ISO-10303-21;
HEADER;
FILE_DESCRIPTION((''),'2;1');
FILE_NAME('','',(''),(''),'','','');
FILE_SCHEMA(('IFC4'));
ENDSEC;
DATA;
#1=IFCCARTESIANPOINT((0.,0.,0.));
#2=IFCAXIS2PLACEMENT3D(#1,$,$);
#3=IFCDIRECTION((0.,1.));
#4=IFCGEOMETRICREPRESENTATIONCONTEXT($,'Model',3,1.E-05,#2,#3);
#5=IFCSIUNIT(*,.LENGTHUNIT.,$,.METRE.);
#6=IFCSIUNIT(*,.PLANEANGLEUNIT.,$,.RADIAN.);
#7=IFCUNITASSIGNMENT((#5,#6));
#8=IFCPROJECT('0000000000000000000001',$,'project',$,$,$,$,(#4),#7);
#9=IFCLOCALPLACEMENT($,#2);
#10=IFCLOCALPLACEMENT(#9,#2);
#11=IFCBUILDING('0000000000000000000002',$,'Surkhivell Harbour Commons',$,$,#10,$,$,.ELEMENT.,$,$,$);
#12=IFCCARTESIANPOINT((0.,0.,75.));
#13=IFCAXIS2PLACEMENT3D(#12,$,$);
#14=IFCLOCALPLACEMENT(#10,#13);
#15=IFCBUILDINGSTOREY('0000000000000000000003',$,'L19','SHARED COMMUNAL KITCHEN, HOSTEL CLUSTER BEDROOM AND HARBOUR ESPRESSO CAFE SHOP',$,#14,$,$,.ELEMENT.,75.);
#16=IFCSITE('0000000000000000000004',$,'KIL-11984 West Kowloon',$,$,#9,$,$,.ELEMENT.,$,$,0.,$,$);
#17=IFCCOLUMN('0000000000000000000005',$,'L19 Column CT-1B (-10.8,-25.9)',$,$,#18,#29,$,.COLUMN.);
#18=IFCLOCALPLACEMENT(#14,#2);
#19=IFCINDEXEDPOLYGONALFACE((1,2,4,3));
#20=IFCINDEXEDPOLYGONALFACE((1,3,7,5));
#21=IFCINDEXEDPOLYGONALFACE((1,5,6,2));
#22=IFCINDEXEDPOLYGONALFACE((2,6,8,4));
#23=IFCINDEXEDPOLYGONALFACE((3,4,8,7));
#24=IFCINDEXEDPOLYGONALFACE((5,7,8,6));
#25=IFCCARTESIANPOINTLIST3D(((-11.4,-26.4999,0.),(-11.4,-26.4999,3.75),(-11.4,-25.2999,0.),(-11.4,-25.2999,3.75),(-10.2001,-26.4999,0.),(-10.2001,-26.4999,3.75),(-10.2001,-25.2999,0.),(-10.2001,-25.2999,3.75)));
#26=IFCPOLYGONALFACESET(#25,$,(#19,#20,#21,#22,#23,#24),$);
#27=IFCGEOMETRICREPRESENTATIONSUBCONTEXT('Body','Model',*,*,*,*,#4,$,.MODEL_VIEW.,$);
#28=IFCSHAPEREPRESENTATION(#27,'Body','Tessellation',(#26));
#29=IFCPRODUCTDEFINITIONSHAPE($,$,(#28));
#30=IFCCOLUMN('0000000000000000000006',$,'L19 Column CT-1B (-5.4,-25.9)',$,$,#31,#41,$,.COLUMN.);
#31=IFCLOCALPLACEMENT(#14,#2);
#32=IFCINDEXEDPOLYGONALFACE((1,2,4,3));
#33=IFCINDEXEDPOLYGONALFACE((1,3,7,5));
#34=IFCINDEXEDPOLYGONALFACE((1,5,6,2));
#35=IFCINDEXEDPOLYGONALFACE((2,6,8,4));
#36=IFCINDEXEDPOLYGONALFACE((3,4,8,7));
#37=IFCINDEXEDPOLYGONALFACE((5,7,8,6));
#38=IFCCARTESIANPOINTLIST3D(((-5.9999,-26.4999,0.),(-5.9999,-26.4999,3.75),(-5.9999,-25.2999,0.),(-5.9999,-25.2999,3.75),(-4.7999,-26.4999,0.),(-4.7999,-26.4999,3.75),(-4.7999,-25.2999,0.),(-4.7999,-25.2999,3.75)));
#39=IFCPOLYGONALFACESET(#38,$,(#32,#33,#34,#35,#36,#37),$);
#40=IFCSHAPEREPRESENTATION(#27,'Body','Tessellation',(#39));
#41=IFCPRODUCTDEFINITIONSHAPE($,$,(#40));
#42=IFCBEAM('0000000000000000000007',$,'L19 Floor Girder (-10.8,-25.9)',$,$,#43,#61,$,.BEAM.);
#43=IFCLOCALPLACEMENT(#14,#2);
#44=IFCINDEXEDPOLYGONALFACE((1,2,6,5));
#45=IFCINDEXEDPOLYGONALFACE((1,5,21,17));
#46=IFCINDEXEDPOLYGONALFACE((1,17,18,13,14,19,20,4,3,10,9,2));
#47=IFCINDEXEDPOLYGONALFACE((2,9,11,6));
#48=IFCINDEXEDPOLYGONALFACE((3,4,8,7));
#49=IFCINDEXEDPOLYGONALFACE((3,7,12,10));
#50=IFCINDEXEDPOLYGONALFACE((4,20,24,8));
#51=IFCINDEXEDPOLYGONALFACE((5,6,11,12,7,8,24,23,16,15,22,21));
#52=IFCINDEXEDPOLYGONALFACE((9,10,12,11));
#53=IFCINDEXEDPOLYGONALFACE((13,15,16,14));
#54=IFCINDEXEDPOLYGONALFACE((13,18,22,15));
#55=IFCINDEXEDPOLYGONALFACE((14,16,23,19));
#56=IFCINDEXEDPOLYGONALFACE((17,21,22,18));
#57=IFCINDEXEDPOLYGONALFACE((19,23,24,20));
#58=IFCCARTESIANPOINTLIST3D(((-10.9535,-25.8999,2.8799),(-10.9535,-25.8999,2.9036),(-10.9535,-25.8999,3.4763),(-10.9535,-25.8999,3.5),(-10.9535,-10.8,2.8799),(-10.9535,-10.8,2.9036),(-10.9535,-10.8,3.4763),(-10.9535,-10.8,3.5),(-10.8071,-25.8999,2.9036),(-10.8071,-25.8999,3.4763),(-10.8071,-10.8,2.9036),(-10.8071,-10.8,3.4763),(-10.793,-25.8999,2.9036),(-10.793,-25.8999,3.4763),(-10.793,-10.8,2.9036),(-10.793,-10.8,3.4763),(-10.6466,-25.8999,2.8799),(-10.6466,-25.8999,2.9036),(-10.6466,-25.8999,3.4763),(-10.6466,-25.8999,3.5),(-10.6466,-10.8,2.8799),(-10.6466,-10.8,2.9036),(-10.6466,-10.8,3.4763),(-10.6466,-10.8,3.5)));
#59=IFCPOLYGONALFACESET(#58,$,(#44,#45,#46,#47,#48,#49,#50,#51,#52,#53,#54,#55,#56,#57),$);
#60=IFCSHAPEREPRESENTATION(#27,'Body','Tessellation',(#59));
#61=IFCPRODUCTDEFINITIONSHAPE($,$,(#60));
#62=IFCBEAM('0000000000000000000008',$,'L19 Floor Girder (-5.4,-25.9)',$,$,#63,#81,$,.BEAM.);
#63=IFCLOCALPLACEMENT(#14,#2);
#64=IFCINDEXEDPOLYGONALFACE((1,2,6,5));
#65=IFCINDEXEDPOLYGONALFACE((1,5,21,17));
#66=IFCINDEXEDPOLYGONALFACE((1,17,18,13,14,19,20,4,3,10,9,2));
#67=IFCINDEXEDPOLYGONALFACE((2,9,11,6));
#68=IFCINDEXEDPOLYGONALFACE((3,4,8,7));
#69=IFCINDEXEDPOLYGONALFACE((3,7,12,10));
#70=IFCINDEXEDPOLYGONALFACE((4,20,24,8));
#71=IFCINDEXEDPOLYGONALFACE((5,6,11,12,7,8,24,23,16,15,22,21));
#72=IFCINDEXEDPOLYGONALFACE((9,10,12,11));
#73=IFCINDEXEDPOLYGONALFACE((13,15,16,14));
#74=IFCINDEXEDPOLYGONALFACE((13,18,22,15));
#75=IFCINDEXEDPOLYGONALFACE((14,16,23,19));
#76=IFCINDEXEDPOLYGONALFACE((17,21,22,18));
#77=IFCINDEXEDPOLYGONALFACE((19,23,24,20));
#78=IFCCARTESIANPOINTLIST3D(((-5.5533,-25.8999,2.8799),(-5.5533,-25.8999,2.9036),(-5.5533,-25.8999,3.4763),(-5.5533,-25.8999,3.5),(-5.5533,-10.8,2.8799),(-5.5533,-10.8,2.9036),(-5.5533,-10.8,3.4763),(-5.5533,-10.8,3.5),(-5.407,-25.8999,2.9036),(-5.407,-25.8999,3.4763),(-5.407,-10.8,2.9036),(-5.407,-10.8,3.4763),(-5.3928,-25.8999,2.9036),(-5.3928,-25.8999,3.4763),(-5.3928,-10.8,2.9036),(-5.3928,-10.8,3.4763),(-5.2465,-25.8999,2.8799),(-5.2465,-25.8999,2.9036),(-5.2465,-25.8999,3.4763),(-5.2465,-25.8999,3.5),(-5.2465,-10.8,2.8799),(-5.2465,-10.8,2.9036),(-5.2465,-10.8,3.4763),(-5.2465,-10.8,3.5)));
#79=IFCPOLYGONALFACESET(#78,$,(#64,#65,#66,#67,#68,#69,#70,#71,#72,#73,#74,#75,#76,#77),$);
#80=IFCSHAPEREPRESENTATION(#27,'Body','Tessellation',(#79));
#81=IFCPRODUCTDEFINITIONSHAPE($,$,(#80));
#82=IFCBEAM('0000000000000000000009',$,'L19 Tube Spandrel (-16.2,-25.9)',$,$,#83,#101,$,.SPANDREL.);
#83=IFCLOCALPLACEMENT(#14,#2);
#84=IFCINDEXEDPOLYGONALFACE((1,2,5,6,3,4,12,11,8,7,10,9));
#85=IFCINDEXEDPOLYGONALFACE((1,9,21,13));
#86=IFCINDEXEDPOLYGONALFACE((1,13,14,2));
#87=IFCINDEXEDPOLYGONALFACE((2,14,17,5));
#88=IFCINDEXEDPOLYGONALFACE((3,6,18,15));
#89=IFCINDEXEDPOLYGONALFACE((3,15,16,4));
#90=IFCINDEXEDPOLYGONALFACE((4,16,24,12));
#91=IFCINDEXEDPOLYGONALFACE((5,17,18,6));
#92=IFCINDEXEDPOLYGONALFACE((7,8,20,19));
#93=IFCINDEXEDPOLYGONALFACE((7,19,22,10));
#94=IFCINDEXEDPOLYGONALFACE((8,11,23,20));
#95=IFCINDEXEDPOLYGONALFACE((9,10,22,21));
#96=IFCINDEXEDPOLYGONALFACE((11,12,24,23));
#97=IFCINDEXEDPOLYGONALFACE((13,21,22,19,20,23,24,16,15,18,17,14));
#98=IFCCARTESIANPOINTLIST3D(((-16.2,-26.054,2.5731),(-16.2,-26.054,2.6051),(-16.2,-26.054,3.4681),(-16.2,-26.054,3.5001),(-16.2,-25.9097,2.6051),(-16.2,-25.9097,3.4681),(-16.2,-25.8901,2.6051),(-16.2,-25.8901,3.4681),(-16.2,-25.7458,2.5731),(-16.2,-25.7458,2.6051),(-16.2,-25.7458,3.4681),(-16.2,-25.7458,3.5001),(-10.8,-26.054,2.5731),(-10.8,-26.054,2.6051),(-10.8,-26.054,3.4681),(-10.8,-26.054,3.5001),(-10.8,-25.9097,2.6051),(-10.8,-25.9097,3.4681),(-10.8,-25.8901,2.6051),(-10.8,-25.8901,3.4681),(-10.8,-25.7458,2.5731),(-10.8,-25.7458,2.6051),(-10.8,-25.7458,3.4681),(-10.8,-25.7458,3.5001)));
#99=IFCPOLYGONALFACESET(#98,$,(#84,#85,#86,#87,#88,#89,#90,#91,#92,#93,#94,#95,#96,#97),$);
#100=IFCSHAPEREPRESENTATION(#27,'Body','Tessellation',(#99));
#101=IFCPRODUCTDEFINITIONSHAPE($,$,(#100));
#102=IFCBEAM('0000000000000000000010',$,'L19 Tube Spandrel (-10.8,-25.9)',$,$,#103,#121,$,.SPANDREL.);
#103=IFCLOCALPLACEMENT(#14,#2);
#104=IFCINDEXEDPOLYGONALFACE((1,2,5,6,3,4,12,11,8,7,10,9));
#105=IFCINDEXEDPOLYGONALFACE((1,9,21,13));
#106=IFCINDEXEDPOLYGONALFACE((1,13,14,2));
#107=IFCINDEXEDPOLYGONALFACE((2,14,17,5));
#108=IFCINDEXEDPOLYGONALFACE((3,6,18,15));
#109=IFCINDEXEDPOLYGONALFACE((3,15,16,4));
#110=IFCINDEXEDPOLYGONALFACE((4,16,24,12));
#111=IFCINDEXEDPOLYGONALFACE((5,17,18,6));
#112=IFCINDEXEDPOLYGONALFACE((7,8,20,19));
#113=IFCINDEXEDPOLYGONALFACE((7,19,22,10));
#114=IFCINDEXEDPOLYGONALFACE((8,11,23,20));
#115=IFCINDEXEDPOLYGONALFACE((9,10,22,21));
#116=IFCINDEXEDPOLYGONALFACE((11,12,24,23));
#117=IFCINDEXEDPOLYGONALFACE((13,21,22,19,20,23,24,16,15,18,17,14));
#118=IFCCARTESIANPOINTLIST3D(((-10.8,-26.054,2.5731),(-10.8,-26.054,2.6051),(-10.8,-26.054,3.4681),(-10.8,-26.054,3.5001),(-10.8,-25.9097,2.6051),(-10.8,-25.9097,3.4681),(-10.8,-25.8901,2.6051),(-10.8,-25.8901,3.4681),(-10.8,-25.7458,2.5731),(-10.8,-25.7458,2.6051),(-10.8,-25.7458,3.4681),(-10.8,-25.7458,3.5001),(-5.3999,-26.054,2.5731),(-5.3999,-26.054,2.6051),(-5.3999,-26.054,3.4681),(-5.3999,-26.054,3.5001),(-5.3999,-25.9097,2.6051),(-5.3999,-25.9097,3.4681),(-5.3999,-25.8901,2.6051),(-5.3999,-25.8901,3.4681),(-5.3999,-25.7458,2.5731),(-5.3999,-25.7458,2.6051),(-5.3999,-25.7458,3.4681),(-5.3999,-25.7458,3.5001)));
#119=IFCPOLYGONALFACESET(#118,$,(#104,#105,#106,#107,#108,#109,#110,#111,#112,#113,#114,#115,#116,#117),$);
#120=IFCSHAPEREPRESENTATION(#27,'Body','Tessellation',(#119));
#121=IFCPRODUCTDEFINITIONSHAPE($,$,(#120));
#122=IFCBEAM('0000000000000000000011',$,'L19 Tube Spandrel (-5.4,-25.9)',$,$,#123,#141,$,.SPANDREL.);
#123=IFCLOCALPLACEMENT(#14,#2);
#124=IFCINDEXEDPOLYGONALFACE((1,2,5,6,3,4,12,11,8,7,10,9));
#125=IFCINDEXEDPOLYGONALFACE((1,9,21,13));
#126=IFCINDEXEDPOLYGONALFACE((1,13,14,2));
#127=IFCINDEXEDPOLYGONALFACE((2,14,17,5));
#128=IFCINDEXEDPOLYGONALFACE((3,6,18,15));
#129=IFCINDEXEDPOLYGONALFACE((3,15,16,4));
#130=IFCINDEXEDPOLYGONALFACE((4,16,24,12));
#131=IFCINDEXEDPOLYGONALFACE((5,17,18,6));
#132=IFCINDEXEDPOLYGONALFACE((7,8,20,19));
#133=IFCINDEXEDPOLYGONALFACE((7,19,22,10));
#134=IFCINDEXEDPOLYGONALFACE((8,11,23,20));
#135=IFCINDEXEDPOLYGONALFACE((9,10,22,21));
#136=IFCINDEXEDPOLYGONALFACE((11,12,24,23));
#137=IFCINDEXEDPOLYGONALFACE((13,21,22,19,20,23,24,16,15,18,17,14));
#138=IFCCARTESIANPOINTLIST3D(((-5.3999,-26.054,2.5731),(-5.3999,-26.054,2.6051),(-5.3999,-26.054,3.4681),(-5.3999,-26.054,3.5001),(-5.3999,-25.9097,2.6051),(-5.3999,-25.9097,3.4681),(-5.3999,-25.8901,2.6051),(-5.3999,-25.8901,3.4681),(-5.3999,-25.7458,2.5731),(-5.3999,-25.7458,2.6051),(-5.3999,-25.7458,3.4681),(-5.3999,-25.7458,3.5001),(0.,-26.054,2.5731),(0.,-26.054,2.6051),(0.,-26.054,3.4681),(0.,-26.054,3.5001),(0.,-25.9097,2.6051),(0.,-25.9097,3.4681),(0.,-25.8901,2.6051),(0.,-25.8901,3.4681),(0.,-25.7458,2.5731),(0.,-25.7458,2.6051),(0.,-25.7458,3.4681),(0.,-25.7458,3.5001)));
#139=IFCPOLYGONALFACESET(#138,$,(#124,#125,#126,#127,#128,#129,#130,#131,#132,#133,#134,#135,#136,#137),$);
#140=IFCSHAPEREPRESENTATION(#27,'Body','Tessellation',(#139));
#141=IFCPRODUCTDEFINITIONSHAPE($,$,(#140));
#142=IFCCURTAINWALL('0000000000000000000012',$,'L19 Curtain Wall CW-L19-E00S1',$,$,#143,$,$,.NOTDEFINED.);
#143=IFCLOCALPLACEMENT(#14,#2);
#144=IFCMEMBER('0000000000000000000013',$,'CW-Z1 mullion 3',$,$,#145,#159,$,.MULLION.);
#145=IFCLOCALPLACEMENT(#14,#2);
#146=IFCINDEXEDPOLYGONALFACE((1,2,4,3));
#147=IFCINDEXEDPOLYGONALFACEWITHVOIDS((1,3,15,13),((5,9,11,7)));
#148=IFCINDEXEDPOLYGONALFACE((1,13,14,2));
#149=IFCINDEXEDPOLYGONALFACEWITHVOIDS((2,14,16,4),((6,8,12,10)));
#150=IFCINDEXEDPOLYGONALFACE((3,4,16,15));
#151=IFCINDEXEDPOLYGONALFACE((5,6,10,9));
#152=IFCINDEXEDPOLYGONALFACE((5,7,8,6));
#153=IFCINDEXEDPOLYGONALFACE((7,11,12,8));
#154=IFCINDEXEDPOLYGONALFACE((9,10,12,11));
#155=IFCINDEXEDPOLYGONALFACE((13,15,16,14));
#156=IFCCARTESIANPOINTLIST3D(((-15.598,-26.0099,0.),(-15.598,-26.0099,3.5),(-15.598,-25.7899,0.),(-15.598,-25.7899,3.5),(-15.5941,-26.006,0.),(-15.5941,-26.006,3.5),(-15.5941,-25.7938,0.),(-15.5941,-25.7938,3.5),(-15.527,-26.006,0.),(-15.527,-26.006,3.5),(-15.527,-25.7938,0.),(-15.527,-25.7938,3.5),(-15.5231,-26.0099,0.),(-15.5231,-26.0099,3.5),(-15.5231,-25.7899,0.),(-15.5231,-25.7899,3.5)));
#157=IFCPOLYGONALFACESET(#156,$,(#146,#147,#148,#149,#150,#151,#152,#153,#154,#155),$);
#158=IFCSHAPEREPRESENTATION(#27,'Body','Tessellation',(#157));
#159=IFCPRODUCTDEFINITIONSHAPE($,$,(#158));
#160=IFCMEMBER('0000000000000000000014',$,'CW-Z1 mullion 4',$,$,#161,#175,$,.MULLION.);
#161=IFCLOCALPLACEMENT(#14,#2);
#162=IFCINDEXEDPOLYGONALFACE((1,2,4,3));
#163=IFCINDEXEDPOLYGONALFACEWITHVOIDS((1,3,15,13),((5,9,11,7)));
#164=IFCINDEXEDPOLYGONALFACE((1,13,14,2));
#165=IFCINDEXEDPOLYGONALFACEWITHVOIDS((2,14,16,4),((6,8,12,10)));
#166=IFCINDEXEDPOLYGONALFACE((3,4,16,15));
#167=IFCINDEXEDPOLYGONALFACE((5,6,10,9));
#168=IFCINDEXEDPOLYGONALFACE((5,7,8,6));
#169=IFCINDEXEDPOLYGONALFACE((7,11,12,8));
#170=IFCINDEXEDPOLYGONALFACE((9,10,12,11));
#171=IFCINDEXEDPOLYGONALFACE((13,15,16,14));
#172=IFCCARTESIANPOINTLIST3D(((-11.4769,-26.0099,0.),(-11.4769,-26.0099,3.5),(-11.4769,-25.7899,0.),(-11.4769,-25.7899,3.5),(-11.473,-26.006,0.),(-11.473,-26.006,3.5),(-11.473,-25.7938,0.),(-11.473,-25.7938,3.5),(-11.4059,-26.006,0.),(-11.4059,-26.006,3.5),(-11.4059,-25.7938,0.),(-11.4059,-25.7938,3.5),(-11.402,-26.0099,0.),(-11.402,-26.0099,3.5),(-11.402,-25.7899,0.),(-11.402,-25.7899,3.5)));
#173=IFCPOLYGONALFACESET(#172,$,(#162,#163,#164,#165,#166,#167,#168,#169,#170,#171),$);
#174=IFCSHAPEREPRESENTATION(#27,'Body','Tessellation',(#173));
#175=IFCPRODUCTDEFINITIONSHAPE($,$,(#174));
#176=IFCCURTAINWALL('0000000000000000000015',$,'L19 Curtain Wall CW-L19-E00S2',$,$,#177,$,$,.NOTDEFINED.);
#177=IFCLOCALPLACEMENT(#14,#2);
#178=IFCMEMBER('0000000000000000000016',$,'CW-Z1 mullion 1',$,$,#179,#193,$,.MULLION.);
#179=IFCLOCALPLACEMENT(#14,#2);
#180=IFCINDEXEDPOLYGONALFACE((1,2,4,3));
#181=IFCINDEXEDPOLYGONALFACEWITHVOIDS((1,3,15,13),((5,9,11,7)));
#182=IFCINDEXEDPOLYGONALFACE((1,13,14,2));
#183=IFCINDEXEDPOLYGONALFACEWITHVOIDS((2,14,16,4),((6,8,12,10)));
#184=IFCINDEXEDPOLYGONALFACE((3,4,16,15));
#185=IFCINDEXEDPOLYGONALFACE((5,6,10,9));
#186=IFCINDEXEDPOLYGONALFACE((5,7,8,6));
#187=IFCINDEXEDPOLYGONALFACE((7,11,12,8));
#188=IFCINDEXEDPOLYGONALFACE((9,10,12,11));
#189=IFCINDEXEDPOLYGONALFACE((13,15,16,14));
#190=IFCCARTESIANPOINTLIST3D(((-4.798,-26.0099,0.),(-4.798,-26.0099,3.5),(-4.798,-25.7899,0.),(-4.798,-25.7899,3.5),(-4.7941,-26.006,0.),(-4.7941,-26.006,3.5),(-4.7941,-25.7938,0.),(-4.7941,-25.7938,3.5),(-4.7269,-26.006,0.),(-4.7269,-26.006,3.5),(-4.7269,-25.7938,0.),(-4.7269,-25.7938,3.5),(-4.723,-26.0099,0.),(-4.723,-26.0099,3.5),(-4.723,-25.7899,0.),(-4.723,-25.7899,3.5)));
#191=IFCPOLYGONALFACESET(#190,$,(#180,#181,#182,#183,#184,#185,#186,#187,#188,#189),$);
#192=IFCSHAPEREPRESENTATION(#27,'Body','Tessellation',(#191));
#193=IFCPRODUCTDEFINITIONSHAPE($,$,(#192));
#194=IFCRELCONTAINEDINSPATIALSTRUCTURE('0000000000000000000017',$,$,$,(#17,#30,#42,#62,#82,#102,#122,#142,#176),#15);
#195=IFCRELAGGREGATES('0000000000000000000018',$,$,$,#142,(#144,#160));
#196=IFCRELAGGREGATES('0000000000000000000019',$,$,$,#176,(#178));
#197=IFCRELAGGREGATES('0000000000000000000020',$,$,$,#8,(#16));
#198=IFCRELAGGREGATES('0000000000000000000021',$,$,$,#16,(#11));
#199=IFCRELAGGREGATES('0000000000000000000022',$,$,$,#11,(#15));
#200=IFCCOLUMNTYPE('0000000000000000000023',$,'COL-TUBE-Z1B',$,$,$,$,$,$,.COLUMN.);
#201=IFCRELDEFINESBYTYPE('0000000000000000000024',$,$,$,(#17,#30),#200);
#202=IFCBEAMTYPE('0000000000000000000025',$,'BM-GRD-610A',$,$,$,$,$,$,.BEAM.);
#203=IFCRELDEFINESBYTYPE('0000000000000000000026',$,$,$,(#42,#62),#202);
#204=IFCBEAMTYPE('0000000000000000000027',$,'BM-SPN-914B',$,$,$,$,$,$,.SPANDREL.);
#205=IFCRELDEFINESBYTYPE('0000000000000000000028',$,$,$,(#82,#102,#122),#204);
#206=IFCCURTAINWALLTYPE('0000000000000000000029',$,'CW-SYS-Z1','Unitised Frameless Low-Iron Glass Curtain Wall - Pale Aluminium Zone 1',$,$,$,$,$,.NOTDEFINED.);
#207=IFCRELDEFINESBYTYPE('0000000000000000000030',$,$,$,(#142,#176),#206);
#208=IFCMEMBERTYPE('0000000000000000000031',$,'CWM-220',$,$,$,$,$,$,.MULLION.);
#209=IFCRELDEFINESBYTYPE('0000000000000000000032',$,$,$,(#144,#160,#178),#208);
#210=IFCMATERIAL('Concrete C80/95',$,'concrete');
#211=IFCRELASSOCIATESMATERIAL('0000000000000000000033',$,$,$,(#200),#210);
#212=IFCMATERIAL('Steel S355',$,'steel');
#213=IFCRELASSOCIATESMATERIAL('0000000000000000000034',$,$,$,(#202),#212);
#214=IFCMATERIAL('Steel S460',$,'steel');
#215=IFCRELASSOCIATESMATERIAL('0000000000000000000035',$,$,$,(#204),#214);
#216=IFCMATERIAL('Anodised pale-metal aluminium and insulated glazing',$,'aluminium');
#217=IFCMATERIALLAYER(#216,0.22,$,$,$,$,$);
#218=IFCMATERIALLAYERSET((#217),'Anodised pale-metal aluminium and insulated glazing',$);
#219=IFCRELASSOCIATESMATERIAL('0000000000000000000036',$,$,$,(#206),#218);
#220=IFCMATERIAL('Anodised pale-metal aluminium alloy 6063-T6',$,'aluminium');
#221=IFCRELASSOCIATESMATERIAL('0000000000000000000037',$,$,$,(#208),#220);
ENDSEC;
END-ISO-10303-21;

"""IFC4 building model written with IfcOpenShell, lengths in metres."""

from ifc_helpers import new_model, si_unit, direction, frame, origin, origin_2d, place, context, subcontext, project, spatial, rectangle, hollow_rectangle, i_section, extrude, material, layer, layer_set, material_profile, profile_set, type_object, element, aggregate, save


model = new_model("IFC4")

# Units and contexts
model_context = context("Model", 3, precision=1e-05, world=origin(), true_north=direction((0.0, 1.0)))
body_context = subcontext(model_context, "Body", "Model", "MODEL_VIEW")
ifc_project = project(units=[si_unit("LENGTHUNIT", "METRE"), si_unit("PLANEANGLEUNIT", "RADIAN")], contexts=[model_context])

# Site, building, storey
site_placement = place(None, origin())
site = spatial("IfcSite", under=ifc_project, at=site_placement, Name="KIL-11984 West Kowloon", CompositionType="ELEMENT", RefElevation=0.0)
building_placement = place(site_placement, origin())
building = spatial("IfcBuilding", under=site, at=building_placement, Name="Surkhivell Harbour Commons", CompositionType="ELEMENT")
storey_placement = place(building_placement, frame((0.0, 0.0, 75.0)))
storey = spatial("IfcBuildingStorey", under=building, at=storey_placement, Name="L19", Description="SHARED COMMUNAL KITCHEN, HOSTEL CLUSTER BEDROOM AND HARBOUR ESPRESSO CAFE SHOP", CompositionType="ELEMENT", Elevation=75.0)

# Columns
ifc_material_1 = material(Name="Concrete C80/95", Category="concrete")
ifc_material_profile_1 = material_profile(ifc_material_1, rectangle(XDim=1.2, YDim=1.2, at=origin_2d()), Name="RC-COL-1200x1200")
ifc_profile_set_1 = profile_set([ifc_material_profile_1], Name="Concrete C80/95")
column_type = type_object("IfcColumnType", Name="COL-TUBE-Z1B", PredefinedType="COLUMN", material=ifc_profile_set_1)
for number, where, z_axis, x_axis, name in (
    (1, (-10.8, -25.8999, 0.0), (0.0, 0.0, 1.0), (1.0, 0.0, 0.0), "L19 Column CT-1B (-10.8,-25.9)"),
    (2, (-5.3999, -25.8999, 0.0), (0.0, 0.0, 1.0), (1.0, 0.0, 0.0), "L19 Column CT-1B (-5.4,-25.9)"),
):
    element("IfcColumn", number, at=place(storey_placement, frame(where, z_axis=z_axis, x_axis=x_axis)), inside=storey, type_object=column_type, Name=name, PredefinedType="COLUMN", context=body_context, shape_type="SweptSolid", body=[
        extrude(rectangle(XDim=1.2, YDim=1.2, at=origin_2d()), origin(), (0.0, 0.0, 1.0), 3.75),
    ])

# Beams
ifc_material_2 = material(Name="Steel S355", Category="steel")
ifc_material_profile_2 = material_profile(ifc_material_2, i_section(OverallWidth=0.3069, OverallDepth=0.6201, WebThickness=0.0142, FlangeThickness=0.0237, at=origin_2d()), Name="UB610x305x179")
ifc_profile_set_2 = profile_set([ifc_material_profile_2], Name="Steel S355")
beam_type_1 = type_object("IfcBeamType", Name="BM-GRD-610A", PredefinedType="BEAM", material=ifc_profile_set_2)
for number, where, z_axis, x_axis, name in (
    (3, (-10.8, -25.8999, 3.1899), (0.0, 1.0, 0.0), (-1.0, 0.0, 0.0), "L19 Floor Girder (-10.8,-25.9)"),
    (4, (-5.3999, -25.8999, 3.1899), (0.0, 1.0, 0.0), (-1.0, 0.0, 0.0), "L19 Floor Girder (-5.4,-25.9)"),
):
    element("IfcBeam", number, at=place(storey_placement, frame(where, z_axis=z_axis, x_axis=x_axis)), inside=storey, type_object=beam_type_1, Name=name, PredefinedType="BEAM", context=body_context, shape_type="SweptSolid", body=[
        extrude(i_section(OverallWidth=0.3069, OverallDepth=0.6201, WebThickness=0.0142, FlangeThickness=0.0237, at=origin_2d()), origin(), (0.0, 0.0, 1.0), 15.0999),
    ])
ifc_material_3 = material(Name="Steel S460", Category="steel")
ifc_material_profile_3 = material_profile(ifc_material_3, i_section(OverallWidth=0.3081, OverallDepth=0.927, WebThickness=0.0195, FlangeThickness=0.032, at=origin_2d()), Name="UB914x305x289")
ifc_profile_set_3 = profile_set([ifc_material_profile_3], Name="Steel S460")
beam_type_2 = type_object("IfcBeamType", Name="BM-SPN-914B", PredefinedType="SPANDREL", material=ifc_profile_set_3)
beam_1_placement = place(storey_placement, frame((-16.2, -25.8999, 3.0366), z_axis=(1.0, 0.0, 0.0), x_axis=(0.0, 1.0, 0.0)))
element("IfcBeam", 5, at=beam_1_placement, inside=storey, type_object=beam_type_2, Name="L19 Tube Spandrel (-16.2,-25.9)", PredefinedType="SPANDREL", context=body_context, shape_type="SweptSolid", body=[
    extrude(i_section(OverallWidth=0.3081, OverallDepth=0.927, WebThickness=0.0195, FlangeThickness=0.032, at=origin_2d()), origin(), (0.0, 0.0, 1.0), 5.3999),
])
beam_2_placement = place(storey_placement, frame((-10.8, -25.8999, 3.0366), z_axis=(1.0, 0.0, 0.0), x_axis=(0.0, 1.0, 0.0)))
element("IfcBeam", 6, at=beam_2_placement, inside=storey, type_object=beam_type_2, Name="L19 Tube Spandrel (-10.8,-25.9)", PredefinedType="SPANDREL", context=body_context, shape_type="SweptSolid", body=[
    extrude(i_section(OverallWidth=0.3081, OverallDepth=0.927, WebThickness=0.0195, FlangeThickness=0.032, at=origin_2d()), origin(), (0.0, 0.0, 1.0), 5.4001),
])
beam_3_placement = place(storey_placement, frame((-5.3999, -25.8999, 3.0366), z_axis=(1.0, 0.0, 0.0), x_axis=(0.0, 1.0, 0.0)))
element("IfcBeam", 7, at=beam_3_placement, inside=storey, type_object=beam_type_2, Name="L19 Tube Spandrel (-5.4,-25.9)", PredefinedType="SPANDREL", context=body_context, shape_type="SweptSolid", body=[
    extrude(i_section(OverallWidth=0.3081, OverallDepth=0.927, WebThickness=0.0195, FlangeThickness=0.032, at=origin_2d()), origin(), (0.0, 0.0, 1.0), 5.3999),
])

# Curtain wall, members
ifc_material_4 = material(Name="Anodised pale-metal aluminium and insulated glazing", Category="aluminium")
ifc_layer_1 = layer(ifc_material_4, 0.22)
ifc_layer_set_1 = layer_set([ifc_layer_1], Name="Anodised pale-metal aluminium and insulated glazing")
curtain_wall_type = type_object("IfcCurtainWallType", Name="CW-SYS-Z1", Description="Unitised Frameless Low-Iron Glass Curtain Wall - Pale Aluminium Zone 1", PredefinedType="NOTDEFINED", material=ifc_layer_set_1)
curtain_wall_1_placement = place(storey_placement, origin())
curtain_wall_1 = element("IfcCurtainWall", 8, at=curtain_wall_1_placement, inside=storey, type_object=curtain_wall_type, Name="L19 Curtain Wall CW-L19-E00S1", PredefinedType="NOTDEFINED")
ifc_material_5 = material(Name="Anodised pale-metal aluminium alloy 6063-T6", Category="aluminium")
ifc_material_profile_4 = material_profile(ifc_material_5, hollow_rectangle(XDim=0.075, YDim=0.22, WallThickness=0.0039, at=origin_2d()), Name="ALU-MULL-75x220")
ifc_profile_set_4 = profile_set([ifc_material_profile_4], Name="Anodised pale-metal aluminium alloy 6063-T6")
member_type_1 = type_object("IfcMemberType", Name="CWM-220", PredefinedType="MULLION", material=ifc_profile_set_4)
member_1_placement = place(storey_placement, frame((-15.5605, -25.8999, 0.0), z_axis=(0.0, 0.0, 1.0), x_axis=(1.0, 0.0, 0.0)))
member_1 = element("IfcMember", 9, at=member_1_placement, type_object=member_type_1, Name="CW-Z1 mullion 3", PredefinedType="MULLION", context=body_context, shape_type="SweptSolid", body=[
    extrude(hollow_rectangle(XDim=0.075, YDim=0.22, WallThickness=0.0039, at=origin_2d()), origin(), (0.0, 0.0, 1.0), 3.5),
])
member_2_placement = place(storey_placement, frame((-11.4395, -25.8999, 0.0), z_axis=(0.0, 0.0, 1.0), x_axis=(1.0, 0.0, 0.0)))
member_2 = element("IfcMember", 10, at=member_2_placement, type_object=member_type_1, Name="CW-Z1 mullion 4", PredefinedType="MULLION", context=body_context, shape_type="SweptSolid", body=[
    extrude(hollow_rectangle(XDim=0.075, YDim=0.22, WallThickness=0.0039, at=origin_2d()), origin(), (0.0, 0.0, 1.0), 3.5),
])

# Curtain wall, member
curtain_wall_2_placement = place(storey_placement, origin())
curtain_wall_2 = element("IfcCurtainWall", 11, at=curtain_wall_2_placement, inside=storey, type_object=curtain_wall_type, Name="L19 Curtain Wall CW-L19-E00S2", PredefinedType="NOTDEFINED")
member_3_placement = place(storey_placement, frame((-4.7605, -25.8999, 0.0), z_axis=(0.0, 0.0, 1.0), x_axis=(1.0, 0.0, 0.0)))
member_3 = element("IfcMember", 12, at=member_3_placement, type_object=member_type_1, Name="CW-Z1 mullion 1", PredefinedType="MULLION", context=body_context, shape_type="SweptSolid", body=[
    extrude(hollow_rectangle(XDim=0.075, YDim=0.22, WallThickness=0.0039, at=origin_2d()), origin(), (0.0, 0.0, 1.0), 3.5),
])

aggregate(curtain_wall_1, [member_1, member_2])
aggregate(curtain_wall_2, [member_3])

save(model, "model.ifc")
